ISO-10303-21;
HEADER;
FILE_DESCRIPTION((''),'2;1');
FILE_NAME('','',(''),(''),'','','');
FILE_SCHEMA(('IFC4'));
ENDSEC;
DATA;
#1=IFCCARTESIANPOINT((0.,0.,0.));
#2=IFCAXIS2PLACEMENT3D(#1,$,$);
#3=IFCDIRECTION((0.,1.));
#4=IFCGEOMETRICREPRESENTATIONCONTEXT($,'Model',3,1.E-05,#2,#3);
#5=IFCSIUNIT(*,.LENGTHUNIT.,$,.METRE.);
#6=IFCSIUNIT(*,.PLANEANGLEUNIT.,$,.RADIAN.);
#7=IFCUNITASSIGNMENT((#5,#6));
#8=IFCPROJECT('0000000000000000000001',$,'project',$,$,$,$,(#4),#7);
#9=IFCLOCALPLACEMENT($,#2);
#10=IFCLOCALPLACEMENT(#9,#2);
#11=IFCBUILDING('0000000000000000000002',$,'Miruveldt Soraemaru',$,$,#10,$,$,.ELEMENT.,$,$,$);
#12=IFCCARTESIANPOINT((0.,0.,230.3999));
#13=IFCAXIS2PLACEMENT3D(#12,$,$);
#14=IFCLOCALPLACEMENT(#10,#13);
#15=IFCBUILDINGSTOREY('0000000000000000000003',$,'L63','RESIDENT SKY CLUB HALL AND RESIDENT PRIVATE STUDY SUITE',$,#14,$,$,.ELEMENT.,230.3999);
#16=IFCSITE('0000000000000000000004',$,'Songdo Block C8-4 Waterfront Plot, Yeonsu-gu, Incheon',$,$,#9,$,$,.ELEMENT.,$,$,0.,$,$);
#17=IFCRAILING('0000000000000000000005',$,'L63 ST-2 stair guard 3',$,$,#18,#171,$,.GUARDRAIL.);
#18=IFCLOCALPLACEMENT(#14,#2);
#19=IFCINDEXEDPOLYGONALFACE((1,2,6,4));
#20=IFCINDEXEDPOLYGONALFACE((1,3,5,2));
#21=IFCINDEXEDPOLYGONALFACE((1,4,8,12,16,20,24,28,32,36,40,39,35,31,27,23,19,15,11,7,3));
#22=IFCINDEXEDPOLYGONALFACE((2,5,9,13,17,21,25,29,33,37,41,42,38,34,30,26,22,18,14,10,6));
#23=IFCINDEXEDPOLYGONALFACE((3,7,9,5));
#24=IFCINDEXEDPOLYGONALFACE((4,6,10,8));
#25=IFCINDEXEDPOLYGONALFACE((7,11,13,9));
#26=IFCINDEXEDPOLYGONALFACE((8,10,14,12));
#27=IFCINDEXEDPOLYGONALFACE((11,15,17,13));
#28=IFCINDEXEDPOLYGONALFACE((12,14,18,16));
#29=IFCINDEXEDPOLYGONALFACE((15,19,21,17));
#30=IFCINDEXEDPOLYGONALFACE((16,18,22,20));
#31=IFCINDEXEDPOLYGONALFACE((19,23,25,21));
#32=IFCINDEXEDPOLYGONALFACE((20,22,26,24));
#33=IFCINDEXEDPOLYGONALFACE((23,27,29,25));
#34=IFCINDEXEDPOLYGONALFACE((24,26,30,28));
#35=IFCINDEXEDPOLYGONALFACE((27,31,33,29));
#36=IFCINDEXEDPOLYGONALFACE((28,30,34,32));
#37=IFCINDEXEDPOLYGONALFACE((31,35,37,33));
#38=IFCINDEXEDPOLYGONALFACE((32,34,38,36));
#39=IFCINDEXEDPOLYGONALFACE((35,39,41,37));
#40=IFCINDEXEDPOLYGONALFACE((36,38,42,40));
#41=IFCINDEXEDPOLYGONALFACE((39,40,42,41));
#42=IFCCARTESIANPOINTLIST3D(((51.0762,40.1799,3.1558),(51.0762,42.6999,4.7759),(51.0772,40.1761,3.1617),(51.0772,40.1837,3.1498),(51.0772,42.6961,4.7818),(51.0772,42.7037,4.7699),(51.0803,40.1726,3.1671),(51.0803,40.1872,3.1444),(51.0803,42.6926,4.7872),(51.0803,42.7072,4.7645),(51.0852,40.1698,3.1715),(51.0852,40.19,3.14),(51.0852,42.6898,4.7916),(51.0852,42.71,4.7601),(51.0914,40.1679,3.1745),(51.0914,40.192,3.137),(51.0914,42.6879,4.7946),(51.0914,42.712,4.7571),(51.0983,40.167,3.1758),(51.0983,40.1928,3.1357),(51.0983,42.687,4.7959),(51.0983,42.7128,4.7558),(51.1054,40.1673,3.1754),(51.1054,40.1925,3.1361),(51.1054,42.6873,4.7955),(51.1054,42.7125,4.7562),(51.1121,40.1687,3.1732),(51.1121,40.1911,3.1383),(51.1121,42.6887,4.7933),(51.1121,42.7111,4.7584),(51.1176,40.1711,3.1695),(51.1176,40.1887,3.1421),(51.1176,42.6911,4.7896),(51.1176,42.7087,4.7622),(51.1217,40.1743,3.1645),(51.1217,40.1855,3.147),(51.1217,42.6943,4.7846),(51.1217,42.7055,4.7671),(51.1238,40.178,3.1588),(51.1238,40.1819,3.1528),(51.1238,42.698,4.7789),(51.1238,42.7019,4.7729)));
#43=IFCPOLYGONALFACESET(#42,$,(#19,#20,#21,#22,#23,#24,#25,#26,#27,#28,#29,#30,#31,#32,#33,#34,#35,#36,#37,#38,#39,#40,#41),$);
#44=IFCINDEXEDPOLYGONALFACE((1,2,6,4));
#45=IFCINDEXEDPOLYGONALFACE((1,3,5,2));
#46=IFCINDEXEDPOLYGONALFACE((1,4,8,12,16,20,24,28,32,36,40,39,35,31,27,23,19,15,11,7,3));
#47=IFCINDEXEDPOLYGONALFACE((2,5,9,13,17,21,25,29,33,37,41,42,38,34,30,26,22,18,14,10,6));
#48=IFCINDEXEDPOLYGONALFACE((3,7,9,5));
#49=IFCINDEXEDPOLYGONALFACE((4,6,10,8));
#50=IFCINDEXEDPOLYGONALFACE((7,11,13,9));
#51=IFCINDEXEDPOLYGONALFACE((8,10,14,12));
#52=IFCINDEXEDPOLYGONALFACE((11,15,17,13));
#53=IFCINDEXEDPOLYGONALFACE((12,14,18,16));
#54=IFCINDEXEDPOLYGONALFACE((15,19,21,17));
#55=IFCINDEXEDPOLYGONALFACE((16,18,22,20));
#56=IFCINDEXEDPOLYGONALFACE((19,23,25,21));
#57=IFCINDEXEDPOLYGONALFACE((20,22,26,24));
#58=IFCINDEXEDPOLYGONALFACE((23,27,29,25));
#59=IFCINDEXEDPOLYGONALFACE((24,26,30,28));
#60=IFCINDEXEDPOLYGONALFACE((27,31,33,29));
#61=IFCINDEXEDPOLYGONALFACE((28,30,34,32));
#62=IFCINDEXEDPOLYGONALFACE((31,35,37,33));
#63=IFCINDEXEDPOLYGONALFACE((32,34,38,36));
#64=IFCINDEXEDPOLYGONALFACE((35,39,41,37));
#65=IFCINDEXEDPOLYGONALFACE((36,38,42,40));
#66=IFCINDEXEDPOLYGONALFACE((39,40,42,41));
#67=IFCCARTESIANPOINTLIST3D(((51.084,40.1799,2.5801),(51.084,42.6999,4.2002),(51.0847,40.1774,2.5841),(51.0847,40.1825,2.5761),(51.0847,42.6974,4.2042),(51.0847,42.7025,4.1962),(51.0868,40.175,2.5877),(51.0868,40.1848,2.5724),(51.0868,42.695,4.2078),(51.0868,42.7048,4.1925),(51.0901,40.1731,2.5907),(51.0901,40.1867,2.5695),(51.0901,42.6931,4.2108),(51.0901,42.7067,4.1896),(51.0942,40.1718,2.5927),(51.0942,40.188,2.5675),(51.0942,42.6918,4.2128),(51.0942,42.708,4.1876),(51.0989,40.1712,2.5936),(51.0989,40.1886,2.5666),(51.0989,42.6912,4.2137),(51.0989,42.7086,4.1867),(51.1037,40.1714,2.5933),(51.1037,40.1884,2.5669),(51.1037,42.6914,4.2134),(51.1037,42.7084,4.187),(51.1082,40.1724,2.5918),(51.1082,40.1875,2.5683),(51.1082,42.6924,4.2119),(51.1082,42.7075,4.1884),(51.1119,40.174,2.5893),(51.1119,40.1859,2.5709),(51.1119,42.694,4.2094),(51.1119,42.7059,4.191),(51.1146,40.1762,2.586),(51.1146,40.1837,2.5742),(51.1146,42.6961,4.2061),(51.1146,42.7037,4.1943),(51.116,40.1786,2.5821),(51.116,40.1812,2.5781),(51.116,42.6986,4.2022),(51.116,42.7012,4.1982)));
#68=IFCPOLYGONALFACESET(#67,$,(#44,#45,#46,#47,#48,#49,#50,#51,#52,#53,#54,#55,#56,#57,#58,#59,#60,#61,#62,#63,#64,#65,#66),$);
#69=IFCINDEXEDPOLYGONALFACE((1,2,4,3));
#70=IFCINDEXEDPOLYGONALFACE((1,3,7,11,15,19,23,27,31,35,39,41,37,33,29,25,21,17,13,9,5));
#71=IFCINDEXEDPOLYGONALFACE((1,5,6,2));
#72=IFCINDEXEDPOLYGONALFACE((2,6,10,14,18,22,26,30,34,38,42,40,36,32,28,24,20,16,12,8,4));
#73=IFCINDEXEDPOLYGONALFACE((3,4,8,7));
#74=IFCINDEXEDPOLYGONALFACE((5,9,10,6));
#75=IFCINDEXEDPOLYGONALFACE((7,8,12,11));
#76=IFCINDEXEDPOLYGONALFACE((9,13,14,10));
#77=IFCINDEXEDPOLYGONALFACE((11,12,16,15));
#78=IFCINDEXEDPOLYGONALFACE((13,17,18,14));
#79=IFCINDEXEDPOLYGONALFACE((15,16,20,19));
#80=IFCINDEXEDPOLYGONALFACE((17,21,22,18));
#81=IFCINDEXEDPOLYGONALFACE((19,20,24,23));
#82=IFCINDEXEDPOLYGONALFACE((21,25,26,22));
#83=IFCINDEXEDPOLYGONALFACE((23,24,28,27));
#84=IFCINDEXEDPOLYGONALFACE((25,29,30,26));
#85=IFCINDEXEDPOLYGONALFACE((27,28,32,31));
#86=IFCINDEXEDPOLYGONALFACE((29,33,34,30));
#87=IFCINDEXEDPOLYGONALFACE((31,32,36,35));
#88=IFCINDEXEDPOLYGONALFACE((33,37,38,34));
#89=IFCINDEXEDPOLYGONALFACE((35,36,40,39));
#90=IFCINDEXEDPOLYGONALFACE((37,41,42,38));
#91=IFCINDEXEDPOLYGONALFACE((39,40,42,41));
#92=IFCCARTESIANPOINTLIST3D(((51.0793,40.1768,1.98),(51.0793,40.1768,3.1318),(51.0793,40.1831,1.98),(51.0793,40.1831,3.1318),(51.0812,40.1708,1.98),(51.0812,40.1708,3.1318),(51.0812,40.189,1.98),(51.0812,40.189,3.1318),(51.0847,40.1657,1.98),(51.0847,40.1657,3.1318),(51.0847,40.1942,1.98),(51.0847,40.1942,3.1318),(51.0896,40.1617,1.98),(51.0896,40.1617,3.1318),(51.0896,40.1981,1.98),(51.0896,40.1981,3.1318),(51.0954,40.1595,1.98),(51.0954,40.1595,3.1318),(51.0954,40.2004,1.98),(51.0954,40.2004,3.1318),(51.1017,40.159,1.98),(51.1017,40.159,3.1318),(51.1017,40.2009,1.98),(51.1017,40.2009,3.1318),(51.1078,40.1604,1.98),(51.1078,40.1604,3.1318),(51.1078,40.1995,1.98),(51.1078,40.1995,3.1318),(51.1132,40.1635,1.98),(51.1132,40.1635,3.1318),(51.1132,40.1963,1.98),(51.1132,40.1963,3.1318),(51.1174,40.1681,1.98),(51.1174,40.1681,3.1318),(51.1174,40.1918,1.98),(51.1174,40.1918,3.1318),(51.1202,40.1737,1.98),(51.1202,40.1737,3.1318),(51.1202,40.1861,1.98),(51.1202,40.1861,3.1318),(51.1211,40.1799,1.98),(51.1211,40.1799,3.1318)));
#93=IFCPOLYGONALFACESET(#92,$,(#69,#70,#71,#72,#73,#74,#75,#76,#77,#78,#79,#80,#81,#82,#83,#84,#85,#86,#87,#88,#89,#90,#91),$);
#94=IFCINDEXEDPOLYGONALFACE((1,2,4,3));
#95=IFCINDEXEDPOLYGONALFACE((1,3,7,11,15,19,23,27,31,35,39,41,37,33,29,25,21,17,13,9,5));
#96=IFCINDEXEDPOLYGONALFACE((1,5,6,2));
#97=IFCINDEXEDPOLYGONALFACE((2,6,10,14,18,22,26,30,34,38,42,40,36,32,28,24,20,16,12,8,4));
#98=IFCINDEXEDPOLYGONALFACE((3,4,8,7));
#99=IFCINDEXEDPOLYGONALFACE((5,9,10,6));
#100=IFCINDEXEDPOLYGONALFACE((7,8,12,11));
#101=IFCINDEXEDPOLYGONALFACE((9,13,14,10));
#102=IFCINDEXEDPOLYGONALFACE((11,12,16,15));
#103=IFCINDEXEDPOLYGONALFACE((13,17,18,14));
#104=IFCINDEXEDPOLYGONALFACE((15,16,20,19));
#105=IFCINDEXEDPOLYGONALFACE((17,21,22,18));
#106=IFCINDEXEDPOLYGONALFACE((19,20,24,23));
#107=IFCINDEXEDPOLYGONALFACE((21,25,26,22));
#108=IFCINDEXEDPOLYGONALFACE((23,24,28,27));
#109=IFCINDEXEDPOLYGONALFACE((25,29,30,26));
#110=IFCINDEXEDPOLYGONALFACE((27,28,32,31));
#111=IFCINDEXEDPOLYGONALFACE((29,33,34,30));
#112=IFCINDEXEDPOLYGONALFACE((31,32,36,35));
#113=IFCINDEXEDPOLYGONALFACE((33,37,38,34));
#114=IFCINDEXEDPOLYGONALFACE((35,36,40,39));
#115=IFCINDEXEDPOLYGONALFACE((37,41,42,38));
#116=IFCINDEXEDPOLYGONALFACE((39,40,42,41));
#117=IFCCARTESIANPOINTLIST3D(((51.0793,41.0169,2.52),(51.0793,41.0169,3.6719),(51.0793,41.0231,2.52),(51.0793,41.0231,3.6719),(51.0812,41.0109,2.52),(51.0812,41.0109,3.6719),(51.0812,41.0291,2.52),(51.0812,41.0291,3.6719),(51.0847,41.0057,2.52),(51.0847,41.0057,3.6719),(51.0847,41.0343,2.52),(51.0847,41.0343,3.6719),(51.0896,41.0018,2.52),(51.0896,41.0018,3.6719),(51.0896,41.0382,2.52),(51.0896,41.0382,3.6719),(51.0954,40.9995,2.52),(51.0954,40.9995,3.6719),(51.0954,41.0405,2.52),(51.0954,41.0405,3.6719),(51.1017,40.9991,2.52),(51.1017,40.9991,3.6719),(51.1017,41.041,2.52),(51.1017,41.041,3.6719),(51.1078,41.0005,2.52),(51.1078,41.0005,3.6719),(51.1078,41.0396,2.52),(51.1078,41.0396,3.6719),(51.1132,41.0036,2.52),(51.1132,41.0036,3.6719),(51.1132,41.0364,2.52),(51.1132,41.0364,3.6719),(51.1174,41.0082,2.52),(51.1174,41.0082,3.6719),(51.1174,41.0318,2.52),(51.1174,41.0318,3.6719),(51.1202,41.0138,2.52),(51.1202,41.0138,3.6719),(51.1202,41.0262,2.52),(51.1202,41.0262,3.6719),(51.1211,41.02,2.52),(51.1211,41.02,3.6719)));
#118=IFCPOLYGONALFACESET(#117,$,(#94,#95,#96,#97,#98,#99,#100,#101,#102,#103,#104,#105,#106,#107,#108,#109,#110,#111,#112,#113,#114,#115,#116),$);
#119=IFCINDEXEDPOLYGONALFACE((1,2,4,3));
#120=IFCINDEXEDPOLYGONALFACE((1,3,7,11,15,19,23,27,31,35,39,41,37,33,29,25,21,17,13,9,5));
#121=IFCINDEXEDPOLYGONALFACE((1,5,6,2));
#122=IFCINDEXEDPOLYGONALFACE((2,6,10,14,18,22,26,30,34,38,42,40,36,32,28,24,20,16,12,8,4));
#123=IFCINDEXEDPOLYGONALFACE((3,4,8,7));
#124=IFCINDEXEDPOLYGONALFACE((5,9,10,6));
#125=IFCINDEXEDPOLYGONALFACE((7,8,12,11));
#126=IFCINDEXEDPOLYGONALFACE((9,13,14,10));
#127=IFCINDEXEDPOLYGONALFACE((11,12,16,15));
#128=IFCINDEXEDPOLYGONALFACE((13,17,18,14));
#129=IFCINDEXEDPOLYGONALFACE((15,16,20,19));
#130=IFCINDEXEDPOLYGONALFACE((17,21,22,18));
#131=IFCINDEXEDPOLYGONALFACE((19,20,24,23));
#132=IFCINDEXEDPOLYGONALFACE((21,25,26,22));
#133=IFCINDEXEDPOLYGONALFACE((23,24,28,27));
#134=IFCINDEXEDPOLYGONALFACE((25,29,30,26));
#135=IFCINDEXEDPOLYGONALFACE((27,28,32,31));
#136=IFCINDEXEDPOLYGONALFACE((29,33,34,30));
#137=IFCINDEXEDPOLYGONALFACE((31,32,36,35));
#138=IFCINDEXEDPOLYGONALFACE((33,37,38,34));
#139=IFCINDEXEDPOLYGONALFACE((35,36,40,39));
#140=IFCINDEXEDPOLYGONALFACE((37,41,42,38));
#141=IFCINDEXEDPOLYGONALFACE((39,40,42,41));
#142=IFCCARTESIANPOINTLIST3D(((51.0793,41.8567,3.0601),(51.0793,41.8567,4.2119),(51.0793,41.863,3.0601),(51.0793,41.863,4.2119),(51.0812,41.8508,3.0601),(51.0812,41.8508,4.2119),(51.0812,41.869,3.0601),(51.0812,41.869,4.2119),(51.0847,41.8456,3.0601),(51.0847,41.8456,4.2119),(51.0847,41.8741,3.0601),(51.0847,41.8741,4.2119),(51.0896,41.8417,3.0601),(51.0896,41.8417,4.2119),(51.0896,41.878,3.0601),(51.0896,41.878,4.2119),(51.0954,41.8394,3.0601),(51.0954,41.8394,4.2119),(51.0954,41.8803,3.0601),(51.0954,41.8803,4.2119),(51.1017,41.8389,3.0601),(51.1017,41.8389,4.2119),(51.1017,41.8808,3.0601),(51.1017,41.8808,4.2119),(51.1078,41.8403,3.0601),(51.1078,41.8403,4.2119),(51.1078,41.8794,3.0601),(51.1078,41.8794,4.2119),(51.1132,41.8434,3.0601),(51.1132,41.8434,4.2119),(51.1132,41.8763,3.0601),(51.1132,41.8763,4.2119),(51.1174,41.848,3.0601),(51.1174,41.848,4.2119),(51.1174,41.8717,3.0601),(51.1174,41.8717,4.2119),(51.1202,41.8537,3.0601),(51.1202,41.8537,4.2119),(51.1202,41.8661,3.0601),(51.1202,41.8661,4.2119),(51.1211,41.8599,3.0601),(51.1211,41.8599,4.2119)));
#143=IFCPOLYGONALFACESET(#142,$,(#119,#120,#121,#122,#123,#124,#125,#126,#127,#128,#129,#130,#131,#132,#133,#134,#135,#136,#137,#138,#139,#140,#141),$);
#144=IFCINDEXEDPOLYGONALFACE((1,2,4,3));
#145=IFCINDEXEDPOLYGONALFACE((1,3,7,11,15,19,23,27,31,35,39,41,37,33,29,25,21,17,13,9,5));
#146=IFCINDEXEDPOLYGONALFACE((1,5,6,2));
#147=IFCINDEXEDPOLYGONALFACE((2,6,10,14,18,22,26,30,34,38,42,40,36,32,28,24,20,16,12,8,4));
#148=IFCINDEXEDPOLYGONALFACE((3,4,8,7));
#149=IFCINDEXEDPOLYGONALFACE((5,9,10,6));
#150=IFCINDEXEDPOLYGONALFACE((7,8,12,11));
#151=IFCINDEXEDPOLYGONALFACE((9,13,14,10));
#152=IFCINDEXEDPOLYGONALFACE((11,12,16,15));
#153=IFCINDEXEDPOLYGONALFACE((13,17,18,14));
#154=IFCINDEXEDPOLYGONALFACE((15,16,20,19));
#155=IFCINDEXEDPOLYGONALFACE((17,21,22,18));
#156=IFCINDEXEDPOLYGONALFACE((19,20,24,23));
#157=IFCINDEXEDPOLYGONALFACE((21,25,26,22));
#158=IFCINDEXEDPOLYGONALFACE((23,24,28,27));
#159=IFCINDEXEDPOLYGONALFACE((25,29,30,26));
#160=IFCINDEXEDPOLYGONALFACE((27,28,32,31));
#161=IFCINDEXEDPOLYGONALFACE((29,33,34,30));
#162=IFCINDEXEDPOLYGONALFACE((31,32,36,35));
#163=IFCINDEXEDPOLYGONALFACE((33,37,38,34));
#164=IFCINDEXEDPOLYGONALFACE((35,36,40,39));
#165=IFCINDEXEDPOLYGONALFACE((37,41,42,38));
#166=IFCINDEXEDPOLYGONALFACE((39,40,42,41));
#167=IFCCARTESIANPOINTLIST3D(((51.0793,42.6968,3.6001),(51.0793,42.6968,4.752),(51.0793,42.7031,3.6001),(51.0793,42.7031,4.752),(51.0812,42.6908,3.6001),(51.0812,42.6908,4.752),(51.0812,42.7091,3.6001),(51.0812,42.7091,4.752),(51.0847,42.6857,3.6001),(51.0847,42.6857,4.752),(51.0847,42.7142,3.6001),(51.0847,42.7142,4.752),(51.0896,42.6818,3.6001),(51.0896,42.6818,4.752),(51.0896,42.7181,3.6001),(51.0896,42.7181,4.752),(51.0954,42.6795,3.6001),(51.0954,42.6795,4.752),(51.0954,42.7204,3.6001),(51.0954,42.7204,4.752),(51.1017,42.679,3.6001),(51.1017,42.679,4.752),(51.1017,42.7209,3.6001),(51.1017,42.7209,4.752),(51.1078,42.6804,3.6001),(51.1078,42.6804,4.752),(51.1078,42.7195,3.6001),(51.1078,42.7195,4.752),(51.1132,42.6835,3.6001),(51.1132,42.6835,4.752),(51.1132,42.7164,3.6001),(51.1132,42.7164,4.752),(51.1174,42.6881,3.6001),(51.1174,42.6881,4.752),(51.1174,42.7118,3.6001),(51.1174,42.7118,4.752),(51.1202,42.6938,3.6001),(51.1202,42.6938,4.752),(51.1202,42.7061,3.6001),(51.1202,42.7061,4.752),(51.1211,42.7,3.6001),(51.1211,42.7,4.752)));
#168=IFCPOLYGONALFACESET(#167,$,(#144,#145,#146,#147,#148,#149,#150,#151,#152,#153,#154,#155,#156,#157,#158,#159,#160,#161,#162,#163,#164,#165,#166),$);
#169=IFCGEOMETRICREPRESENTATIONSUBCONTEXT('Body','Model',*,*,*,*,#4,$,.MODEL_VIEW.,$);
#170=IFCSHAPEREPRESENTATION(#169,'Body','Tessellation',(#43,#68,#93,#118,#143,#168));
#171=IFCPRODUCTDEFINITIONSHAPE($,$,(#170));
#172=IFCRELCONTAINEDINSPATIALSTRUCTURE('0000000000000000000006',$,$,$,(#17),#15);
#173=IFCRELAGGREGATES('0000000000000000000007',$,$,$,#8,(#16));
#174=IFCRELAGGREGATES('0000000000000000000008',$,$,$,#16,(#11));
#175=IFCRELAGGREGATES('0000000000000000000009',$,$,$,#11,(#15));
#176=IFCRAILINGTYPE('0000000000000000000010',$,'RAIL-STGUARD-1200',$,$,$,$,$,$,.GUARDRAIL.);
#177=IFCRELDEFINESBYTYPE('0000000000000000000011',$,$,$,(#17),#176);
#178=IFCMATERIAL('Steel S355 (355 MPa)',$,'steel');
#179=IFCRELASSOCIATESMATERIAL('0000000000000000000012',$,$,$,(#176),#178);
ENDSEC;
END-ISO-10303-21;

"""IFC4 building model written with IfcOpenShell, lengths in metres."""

from ifc_helpers import new_model, si_unit, direction, frame, origin, origin_2d, place, context, subcontext, project, spatial, circle, extrude, material, type_object, element, save


model = new_model("IFC4")

# Units and contexts
model_context = context("Model", 3, precision=1e-05, world=origin(), true_north=direction((0.0, 1.0)))
body_context = subcontext(model_context, "Body", "Model", "MODEL_VIEW")
ifc_project = project(units=[si_unit("LENGTHUNIT", "METRE"), si_unit("PLANEANGLEUNIT", "RADIAN")], contexts=[model_context])

# Site, building, storey
site_placement = place(None, origin())
site = spatial("IfcSite", under=ifc_project, at=site_placement, Name="Songdo Block C8-4 Waterfront Plot, Yeonsu-gu, Incheon", CompositionType="ELEMENT", RefElevation=0.0)
building_placement = place(site_placement, origin())
building = spatial("IfcBuilding", under=site, at=building_placement, Name="Miruveldt Soraemaru", CompositionType="ELEMENT")
storey_placement = place(building_placement, frame((0.0, 0.0, 230.3999)))
storey = spatial("IfcBuildingStorey", under=building, at=storey_placement, Name="L63", Description="RESIDENT SKY CLUB HALL AND RESIDENT PRIVATE STUDY SUITE", CompositionType="ELEMENT", Elevation=230.3999)

# Railing
ifc_material_1 = material(Name="Steel S355 (355 MPa)", Category="steel")
railing_type_1 = type_object("IfcRailingType", Name="RAIL-STGUARD-1200", PredefinedType="GUARDRAIL", material=ifc_material_1)
railing_1_placement = place(storey_placement, frame((51.1001, 40.1799, 1.98)))
element("IfcRailing", 1, at=railing_1_placement, inside=storey, type_object=railing_type_1, Name="L63 ST-2 stair guard 3", PredefinedType="GUARDRAIL", context=body_context, shape_type="SweptSolid", body=[
    extrude(circle(Radius=0.0239, at=origin_2d()), frame((0.0, 0.0, 1.1758), z_axis=(0.0, 0.841163, 0.540782), x_axis=(-1.0, 0.0, 0.0)), (0.0, 0.0, 1.0), 2.9958),
    extrude(circle(Radius=0.0161, at=origin_2d()), frame((0.0, 0.0, 0.6001), z_axis=(0.0, 0.841163, 0.540782), x_axis=(-1.0, 0.0, 0.0)), (0.0, 0.0, 1.0), 2.9958),
    extrude(circle(Radius=0.021, at=origin_2d()), origin(), (0.0, 0.0, 1.0), 1.1519),
    extrude(circle(Radius=0.021, at=origin_2d()), frame((0.0, 0.8401, 0.54)), (0.0, 0.0, 1.0), 1.1519),
    extrude(circle(Radius=0.021, at=origin_2d()), frame((0.0, 1.6799, 1.0801)), (0.0, 0.0, 1.0), 1.1519),
    extrude(circle(Radius=0.021, at=origin_2d()), frame((0.0, 2.52, 1.6201)), (0.0, 0.0, 1.0), 1.1519),
])

save(model, "model.ifc")
